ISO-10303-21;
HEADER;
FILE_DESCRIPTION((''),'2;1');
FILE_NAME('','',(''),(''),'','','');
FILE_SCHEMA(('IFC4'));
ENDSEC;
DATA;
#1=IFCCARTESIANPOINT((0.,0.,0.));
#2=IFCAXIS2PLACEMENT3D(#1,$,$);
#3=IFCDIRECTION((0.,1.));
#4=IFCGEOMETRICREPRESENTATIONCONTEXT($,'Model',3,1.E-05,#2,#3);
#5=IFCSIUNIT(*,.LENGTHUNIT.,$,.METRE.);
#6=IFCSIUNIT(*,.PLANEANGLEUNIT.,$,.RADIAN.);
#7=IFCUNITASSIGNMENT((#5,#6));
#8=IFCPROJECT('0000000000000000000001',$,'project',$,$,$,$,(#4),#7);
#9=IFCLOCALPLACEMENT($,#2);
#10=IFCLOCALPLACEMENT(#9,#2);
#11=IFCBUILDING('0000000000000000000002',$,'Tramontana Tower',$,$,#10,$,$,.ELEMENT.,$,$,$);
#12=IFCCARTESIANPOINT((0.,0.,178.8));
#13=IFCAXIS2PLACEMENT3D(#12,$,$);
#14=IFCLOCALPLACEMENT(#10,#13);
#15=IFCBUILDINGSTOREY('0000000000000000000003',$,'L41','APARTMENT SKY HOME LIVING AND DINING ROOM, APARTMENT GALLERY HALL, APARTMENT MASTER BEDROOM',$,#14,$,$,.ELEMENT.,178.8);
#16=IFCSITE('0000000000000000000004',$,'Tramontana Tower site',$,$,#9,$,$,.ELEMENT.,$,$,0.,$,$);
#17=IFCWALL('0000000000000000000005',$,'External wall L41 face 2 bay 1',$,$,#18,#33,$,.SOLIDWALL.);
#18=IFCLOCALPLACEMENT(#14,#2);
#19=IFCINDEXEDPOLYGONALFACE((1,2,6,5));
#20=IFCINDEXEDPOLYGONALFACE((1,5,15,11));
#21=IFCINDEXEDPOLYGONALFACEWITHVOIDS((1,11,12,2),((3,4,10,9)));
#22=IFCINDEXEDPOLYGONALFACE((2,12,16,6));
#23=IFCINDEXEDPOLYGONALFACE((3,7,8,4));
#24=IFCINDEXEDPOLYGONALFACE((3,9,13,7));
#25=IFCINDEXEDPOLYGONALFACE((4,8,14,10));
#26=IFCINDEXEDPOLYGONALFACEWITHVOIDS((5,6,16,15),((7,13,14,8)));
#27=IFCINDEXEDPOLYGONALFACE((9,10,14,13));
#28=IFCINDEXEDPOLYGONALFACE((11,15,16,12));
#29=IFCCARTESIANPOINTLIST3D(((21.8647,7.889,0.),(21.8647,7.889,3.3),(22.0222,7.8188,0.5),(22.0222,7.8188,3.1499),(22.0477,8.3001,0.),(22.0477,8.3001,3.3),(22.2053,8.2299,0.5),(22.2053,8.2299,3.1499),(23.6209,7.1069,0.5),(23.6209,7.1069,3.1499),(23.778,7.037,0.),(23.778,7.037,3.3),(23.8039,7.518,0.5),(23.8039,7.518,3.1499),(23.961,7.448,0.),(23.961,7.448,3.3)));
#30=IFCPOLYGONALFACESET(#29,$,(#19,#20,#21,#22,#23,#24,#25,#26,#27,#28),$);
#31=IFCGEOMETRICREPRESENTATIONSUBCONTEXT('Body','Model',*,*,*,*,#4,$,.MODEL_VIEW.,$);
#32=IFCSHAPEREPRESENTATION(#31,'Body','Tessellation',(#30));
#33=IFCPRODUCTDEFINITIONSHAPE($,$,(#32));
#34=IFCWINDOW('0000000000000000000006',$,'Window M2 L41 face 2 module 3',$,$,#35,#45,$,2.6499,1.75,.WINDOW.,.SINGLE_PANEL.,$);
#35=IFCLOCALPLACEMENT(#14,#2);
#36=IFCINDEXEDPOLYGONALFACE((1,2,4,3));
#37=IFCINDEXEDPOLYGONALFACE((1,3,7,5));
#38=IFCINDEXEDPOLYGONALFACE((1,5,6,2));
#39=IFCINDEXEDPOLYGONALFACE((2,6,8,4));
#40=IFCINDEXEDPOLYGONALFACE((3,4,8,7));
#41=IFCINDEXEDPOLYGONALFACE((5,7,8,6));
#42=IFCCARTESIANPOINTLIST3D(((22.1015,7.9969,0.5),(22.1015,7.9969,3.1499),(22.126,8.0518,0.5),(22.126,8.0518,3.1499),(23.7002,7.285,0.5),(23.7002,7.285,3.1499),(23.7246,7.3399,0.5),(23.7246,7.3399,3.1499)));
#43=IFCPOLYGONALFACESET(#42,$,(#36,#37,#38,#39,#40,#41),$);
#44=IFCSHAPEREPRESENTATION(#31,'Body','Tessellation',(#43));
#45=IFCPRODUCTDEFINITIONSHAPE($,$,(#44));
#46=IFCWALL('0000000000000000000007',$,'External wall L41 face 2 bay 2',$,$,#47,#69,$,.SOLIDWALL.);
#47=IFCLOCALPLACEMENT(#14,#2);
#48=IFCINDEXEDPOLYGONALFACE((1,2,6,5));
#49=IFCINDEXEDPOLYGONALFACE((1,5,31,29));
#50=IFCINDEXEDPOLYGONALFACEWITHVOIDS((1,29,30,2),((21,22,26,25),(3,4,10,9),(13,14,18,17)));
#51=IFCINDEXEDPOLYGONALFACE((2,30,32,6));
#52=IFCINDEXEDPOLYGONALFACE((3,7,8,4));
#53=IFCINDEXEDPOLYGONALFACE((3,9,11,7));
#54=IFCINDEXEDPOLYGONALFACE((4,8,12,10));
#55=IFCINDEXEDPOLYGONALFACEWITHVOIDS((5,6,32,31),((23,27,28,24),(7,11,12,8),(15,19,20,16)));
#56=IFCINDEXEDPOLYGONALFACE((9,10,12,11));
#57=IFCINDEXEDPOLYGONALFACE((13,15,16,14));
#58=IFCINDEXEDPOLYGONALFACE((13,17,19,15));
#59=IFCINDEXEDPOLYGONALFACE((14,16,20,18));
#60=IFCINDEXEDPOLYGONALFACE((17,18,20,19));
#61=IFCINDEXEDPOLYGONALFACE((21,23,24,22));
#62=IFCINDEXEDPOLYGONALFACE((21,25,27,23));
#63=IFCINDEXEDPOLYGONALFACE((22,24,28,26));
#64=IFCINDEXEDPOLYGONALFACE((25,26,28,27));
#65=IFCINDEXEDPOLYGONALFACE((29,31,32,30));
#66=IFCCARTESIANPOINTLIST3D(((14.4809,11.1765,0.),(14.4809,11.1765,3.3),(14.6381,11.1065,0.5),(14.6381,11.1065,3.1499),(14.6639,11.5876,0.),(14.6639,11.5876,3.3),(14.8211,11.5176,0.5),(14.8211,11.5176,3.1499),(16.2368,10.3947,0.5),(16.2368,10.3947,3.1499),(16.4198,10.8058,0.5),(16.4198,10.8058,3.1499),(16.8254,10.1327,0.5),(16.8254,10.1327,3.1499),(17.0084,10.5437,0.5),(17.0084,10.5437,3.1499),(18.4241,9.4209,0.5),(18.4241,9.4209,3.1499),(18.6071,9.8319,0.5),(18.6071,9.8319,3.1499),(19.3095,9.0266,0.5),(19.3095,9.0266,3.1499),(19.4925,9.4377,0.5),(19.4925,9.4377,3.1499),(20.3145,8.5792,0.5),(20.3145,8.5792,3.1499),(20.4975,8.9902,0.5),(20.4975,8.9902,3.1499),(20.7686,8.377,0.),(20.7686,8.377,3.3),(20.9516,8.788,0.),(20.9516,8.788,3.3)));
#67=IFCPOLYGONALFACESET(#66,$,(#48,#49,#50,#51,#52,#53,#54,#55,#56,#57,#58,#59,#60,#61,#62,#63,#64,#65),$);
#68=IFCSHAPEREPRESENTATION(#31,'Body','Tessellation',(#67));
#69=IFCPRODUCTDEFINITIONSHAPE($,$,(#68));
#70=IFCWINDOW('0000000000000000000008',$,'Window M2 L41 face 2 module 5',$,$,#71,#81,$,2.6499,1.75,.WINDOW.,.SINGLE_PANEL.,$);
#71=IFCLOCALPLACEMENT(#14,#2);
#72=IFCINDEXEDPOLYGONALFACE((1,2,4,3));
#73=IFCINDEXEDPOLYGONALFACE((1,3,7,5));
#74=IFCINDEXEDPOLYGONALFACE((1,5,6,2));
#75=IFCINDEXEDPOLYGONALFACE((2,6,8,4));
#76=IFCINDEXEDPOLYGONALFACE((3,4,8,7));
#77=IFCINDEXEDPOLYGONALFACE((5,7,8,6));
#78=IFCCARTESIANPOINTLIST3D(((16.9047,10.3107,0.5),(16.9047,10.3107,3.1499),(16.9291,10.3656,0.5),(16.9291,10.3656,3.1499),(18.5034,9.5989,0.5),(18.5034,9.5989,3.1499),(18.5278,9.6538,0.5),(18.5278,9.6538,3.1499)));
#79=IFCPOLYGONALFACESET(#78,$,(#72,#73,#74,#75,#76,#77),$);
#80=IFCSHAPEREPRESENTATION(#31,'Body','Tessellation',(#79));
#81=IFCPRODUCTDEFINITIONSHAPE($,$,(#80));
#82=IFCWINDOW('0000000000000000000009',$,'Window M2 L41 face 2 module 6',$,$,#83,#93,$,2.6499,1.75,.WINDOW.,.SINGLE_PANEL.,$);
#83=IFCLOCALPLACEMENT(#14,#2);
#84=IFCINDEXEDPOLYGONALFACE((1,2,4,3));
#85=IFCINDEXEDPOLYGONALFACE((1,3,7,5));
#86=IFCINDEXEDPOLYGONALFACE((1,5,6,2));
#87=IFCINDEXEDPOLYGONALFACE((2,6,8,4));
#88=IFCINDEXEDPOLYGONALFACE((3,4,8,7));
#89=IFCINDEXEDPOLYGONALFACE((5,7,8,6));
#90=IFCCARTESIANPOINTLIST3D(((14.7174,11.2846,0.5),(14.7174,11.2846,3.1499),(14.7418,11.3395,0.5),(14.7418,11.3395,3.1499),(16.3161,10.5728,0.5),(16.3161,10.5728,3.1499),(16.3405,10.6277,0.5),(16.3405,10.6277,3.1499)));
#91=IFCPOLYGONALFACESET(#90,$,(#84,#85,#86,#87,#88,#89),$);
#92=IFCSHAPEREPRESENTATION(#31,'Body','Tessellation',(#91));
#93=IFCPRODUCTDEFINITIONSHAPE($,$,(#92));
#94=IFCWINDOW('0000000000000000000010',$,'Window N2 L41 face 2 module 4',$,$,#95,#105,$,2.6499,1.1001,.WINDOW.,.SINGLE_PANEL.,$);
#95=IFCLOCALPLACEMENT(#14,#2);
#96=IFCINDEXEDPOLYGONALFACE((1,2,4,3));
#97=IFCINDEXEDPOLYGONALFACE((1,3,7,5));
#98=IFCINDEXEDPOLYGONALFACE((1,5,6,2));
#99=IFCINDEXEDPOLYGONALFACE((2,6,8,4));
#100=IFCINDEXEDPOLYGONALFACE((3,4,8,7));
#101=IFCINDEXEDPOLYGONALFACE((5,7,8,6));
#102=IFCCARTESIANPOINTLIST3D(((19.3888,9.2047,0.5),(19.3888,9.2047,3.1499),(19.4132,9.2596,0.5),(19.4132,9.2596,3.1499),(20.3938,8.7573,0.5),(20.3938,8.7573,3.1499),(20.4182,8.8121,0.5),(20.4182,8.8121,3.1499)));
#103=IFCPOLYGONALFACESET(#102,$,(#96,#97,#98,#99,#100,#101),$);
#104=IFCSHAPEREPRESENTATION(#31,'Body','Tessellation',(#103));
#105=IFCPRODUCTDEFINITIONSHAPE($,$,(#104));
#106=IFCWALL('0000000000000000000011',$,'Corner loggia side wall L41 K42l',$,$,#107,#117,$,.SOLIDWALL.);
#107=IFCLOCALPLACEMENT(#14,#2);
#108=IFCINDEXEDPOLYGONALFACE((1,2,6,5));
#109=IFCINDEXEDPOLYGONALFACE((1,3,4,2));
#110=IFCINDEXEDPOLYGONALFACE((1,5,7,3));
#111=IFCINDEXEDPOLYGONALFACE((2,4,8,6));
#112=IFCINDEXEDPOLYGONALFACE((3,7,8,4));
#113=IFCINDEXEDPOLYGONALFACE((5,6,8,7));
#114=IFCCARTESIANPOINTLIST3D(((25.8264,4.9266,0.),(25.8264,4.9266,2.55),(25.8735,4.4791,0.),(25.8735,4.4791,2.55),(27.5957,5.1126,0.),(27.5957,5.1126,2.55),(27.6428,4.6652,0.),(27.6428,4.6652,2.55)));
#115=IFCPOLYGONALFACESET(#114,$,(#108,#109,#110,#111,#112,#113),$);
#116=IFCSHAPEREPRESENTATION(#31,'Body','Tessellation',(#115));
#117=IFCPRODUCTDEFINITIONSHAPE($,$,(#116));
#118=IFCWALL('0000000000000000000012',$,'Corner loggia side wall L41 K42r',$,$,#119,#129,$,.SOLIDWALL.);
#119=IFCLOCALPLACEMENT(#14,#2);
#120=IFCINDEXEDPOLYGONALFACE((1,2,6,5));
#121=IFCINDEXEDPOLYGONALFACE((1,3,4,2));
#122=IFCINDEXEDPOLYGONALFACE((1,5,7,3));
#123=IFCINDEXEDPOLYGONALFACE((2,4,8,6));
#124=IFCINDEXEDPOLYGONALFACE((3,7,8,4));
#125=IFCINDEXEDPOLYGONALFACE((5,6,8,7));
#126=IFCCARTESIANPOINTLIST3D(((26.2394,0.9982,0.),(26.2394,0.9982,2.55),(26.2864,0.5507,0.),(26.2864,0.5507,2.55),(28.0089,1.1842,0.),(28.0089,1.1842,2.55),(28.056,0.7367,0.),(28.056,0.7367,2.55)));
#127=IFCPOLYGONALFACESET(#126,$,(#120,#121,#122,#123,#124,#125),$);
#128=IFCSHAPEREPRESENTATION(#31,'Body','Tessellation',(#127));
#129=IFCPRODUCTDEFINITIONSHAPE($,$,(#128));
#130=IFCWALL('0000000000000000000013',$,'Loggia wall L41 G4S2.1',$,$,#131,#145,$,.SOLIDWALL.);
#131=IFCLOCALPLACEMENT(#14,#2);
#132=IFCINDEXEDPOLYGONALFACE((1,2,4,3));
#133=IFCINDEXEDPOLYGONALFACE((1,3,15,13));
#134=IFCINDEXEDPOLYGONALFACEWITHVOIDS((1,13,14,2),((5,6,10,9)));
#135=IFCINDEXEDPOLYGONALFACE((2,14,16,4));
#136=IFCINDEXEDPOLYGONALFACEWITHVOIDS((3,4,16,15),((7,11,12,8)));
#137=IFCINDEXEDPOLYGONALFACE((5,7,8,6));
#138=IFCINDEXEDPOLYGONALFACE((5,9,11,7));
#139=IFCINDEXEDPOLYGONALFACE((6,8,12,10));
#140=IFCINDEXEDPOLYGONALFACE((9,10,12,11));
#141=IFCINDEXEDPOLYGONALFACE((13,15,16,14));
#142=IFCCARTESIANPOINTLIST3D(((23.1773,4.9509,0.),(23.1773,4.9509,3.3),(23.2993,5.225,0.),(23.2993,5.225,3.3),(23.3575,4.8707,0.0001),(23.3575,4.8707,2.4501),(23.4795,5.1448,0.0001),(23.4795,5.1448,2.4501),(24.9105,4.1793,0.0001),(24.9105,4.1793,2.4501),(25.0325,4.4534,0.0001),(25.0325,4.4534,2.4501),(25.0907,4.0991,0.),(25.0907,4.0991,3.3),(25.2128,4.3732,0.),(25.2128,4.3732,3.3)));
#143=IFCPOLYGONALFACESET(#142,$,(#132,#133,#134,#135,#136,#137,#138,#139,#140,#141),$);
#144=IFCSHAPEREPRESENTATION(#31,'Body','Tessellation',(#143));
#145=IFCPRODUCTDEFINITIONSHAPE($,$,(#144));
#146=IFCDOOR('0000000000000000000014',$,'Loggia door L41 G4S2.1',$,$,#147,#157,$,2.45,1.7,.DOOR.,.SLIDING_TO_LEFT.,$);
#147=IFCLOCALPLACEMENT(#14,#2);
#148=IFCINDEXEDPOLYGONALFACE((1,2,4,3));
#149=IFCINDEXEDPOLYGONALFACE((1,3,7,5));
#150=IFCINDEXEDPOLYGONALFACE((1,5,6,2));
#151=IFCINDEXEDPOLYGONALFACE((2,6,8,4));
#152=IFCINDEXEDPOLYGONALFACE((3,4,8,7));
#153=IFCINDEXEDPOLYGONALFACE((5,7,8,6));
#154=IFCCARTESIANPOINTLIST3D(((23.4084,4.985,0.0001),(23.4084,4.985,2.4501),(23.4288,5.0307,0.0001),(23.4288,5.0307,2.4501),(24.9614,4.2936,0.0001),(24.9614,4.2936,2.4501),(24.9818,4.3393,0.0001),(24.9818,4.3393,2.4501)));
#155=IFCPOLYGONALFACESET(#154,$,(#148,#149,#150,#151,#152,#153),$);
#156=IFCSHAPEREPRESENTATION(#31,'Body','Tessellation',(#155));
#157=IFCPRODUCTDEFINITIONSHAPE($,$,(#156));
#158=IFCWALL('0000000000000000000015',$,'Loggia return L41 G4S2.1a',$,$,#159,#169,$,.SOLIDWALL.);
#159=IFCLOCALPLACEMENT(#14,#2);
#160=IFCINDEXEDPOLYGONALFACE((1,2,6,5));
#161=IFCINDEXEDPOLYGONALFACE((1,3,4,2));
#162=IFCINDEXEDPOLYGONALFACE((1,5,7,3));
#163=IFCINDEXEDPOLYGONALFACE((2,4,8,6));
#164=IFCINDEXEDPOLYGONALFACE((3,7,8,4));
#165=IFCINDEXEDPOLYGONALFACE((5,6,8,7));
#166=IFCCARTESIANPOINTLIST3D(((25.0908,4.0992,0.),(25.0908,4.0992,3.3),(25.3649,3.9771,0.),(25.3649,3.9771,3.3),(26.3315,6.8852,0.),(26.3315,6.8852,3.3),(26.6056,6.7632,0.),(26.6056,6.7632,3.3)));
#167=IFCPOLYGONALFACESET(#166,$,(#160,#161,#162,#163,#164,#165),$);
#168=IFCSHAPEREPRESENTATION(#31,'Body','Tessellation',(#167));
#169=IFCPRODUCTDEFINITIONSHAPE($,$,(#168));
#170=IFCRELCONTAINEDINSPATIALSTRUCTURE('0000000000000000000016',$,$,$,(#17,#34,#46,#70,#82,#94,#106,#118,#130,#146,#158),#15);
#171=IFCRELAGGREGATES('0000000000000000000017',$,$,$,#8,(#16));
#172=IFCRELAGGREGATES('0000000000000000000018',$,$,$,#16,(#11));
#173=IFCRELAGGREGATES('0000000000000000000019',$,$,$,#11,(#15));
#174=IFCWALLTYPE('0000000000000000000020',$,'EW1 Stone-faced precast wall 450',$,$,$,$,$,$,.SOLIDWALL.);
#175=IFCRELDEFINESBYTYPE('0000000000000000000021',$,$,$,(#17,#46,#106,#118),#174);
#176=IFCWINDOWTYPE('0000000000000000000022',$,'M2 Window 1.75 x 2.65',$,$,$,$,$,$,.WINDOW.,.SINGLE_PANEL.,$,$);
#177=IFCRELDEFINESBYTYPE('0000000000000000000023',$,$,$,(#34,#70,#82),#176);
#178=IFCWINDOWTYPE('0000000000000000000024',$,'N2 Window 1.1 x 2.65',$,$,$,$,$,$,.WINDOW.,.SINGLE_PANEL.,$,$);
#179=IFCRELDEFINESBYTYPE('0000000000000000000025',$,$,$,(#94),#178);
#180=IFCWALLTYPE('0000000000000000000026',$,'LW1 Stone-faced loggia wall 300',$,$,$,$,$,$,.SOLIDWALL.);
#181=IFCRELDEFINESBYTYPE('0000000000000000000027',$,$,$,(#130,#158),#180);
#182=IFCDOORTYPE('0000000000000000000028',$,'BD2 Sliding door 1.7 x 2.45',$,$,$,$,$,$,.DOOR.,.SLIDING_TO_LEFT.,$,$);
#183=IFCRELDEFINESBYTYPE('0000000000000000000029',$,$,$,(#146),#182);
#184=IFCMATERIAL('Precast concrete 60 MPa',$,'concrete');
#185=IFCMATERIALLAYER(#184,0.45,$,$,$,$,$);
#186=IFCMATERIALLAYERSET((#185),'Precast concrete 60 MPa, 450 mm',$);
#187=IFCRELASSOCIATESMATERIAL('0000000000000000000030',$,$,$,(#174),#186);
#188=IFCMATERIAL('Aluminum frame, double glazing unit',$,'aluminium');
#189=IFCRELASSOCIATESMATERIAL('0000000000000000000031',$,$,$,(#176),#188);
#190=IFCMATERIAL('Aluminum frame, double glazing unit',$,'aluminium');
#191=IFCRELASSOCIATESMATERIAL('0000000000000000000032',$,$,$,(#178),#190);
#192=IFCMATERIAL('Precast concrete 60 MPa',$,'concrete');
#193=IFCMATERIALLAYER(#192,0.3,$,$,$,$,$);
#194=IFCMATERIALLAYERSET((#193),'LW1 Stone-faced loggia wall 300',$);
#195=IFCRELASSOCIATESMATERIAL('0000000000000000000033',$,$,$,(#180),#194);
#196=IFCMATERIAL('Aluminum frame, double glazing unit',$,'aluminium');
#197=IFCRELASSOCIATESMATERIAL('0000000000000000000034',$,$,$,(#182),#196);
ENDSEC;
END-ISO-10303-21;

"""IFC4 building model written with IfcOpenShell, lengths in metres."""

from ifc_helpers import new_model, si_unit, direction, frame, frame_2d, origin, place, context, subcontext, project, spatial, rectangle, extrude, material, layer, layer_set, type_object, element, fill, save


model = new_model("IFC4")

# Units and contexts
model_context = context("Model", 3, precision=1e-05, world=origin(), true_north=direction((0.0, 1.0)))
body_context = subcontext(model_context, "Body", "Model", "MODEL_VIEW")
ifc_project = project(units=[si_unit("LENGTHUNIT", "METRE"), si_unit("PLANEANGLEUNIT", "RADIAN")], contexts=[model_context])

# Site, building, storey
site_placement = place(None, origin())
site = spatial("IfcSite", under=ifc_project, at=site_placement, Name="Tramontana Tower site", CompositionType="ELEMENT", RefElevation=0.0)
building_placement = place(site_placement, origin())
building = spatial("IfcBuilding", under=site, at=building_placement, Name="Tramontana Tower", CompositionType="ELEMENT")
storey_placement = place(building_placement, frame((0.0, 0.0, 178.8)))
storey = spatial("IfcBuildingStorey", under=building, at=storey_placement, Name="L41", Description="APARTMENT SKY HOME LIVING AND DINING ROOM, APARTMENT GALLERY HALL, APARTMENT MASTER BEDROOM", CompositionType="ELEMENT", Elevation=178.8)

# Wall, opening, window
ifc_material_1 = material(Name="Precast concrete 60 MPa", Category="concrete")
ifc_layer_1 = layer(ifc_material_1, 0.45)
ifc_layer_set_1 = layer_set([ifc_layer_1], Name="Precast concrete 60 MPa, 450 mm")
wall_type_1 = type_object("IfcWallType", Name="EW1 Stone-faced precast wall 450", PredefinedType="SOLIDWALL", material=ifc_layer_set_1)
wall_1_placement = place(storey_placement, frame((23.8696, 7.2424, 0.0), z_axis=(0.0, 0.0, 1.0), x_axis=(-0.913513, 0.406809, 0.0)))
wall_1 = element("IfcWall", 1, at=wall_1_placement, inside=storey, type_object=wall_type_1, Name="External wall L41 face 2 bay 1", PredefinedType="SOLIDWALL", context=body_context, shape_type="SweptSolid", body=[
    extrude(rectangle(XDim=2.0945, YDim=0.45, at=frame_2d((1.0474, 0.0))), origin(), (0.0, 0.0, 1.0), 3.3),
])
opening_1_placement = place(wall_1_placement, frame((0.1721, 0.0, 0.5)))
opening_1 = element("IfcOpeningElement", 2, at=opening_1_placement, cuts=wall_1, PredefinedType="OPENING", context=body_context, shape_type="SweptSolid", body=[
    extrude(rectangle(XDim=1.75, YDim=2.6499, at=frame_2d((0.875, 1.325))), frame((0.0, 0.2349, 0.0), z_axis=(0.0, -1.0, 0.0), x_axis=(1.0, 0.0, 0.0)), (0.0, 0.0, 1.0), 0.47),
])
ifc_material_2 = material(Name="Aluminum frame, double glazing unit", Category="aluminium")
window_type_1 = type_object("IfcWindowType", Name="M2 Window 1.75 x 2.65", PartitioningType="SINGLE_PANEL", PredefinedType="WINDOW", material=ifc_material_2)
window_1_placement = place(opening_1_placement, origin())
window_1 = element("IfcWindow", 3, at=window_1_placement, inside=storey, type_object=window_type_1, Name="Window M2 L41 face 2 module 3", OverallHeight=2.6499, OverallWidth=1.75, PartitioningType="SINGLE_PANEL", PredefinedType="WINDOW", context=body_context, shape_type="SweptSolid", body=[
    extrude(rectangle(XDim=1.75, YDim=2.6499, at=frame_2d((0.875, 1.325))), frame((0.0, 0.03, 0.0), z_axis=(0.0, -1.0, 0.0), x_axis=(1.0, 0.0, 0.0)), (0.0, 0.0, 1.0), 0.0601),
])
fill(opening_1, window_1)

# Wall, openings, windows
wall_2_placement = place(storey_placement, frame((20.8601, 8.5825, 0.0), z_axis=(0.0, 0.0, 1.0), x_axis=(-0.913544, 0.406741, 0.0)))
wall_2 = element("IfcWall", 4, at=wall_2_placement, inside=storey, type_object=wall_type_1, Name="External wall L41 face 2 bay 2", PredefinedType="SOLIDWALL", context=body_context, shape_type="SweptSolid", body=[
    extrude(rectangle(XDim=6.8828, YDim=0.45, at=frame_2d((3.4414, 0.0))), origin(), (0.0, 0.0, 1.0), 3.3),
])
opening_2_placement = place(wall_2_placement, frame((0.4971, 0.0, 0.5)))
opening_2 = element("IfcOpeningElement", 5, at=opening_2_placement, cuts=wall_2, PredefinedType="OPENING", context=body_context, shape_type="SweptSolid", body=[
    extrude(rectangle(XDim=1.1001, YDim=2.6499, at=frame_2d((0.55, 1.325))), frame((0.0, 0.2349, 0.0), z_axis=(0.0, -1.0, 0.0), x_axis=(1.0, 0.0, 0.0)), (0.0, 0.0, 1.0), 0.47),
])
opening_3_placement = place(wall_2_placement, frame((2.5664, 0.0, 0.5)))
opening_3 = element("IfcOpeningElement", 6, at=opening_3_placement, cuts=wall_2, PredefinedType="OPENING", context=body_context, shape_type="SweptSolid", body=[
    extrude(rectangle(XDim=1.75, YDim=2.6499, at=frame_2d((0.875, 1.325))), frame((0.0, 0.2349, 0.0), z_axis=(0.0, -1.0, 0.0), x_axis=(1.0, 0.0, 0.0)), (0.0, 0.0, 1.0), 0.47),
])
opening_4_placement = place(wall_2_placement, frame((4.9607, 0.0, 0.5)))
opening_4 = element("IfcOpeningElement", 7, at=opening_4_placement, cuts=wall_2, PredefinedType="OPENING", context=body_context, shape_type="SweptSolid", body=[
    extrude(rectangle(XDim=1.75, YDim=2.6499, at=frame_2d((0.875, 1.325))), frame((0.0, 0.2349, 0.0), z_axis=(0.0, -1.0, 0.0), x_axis=(1.0, 0.0, 0.0)), (0.0, 0.0, 1.0), 0.47),
])
window_2_placement = place(opening_3_placement, origin())
window_2 = element("IfcWindow", 8, at=window_2_placement, inside=storey, type_object=window_type_1, Name="Window M2 L41 face 2 module 5", OverallHeight=2.6499, OverallWidth=1.75, PartitioningType="SINGLE_PANEL", PredefinedType="WINDOW", context=body_context, shape_type="SweptSolid", body=[
    extrude(rectangle(XDim=1.75, YDim=2.6499, at=frame_2d((0.875, 1.325))), frame((0.0, 0.03, 0.0), z_axis=(0.0, -1.0, 0.0), x_axis=(1.0, 0.0, 0.0)), (0.0, 0.0, 1.0), 0.0601),
])
fill(opening_3, window_2)
window_3_placement = place(opening_4_placement, origin())
window_3 = element("IfcWindow", 9, at=window_3_placement, inside=storey, type_object=window_type_1, Name="Window M2 L41 face 2 module 6", OverallHeight=2.6499, OverallWidth=1.75, PartitioningType="SINGLE_PANEL", PredefinedType="WINDOW", context=body_context, shape_type="SweptSolid", body=[
    extrude(rectangle(XDim=1.75, YDim=2.6499, at=frame_2d((0.875, 1.325))), frame((0.0, 0.03, 0.0), z_axis=(0.0, -1.0, 0.0), x_axis=(1.0, 0.0, 0.0)), (0.0, 0.0, 1.0), 0.0601),
])
fill(opening_4, window_3)
ifc_material_3 = material(Name="Aluminum frame, double glazing unit", Category="aluminium")
window_type_2 = type_object("IfcWindowType", Name="N2 Window 1.1 x 2.65", PartitioningType="SINGLE_PANEL", PredefinedType="WINDOW", material=ifc_material_3)
window_4_placement = place(opening_2_placement, origin())
window_4 = element("IfcWindow", 10, at=window_4_placement, inside=storey, type_object=window_type_2, Name="Window N2 L41 face 2 module 4", OverallHeight=2.6499, OverallWidth=1.1001, PartitioningType="SINGLE_PANEL", PredefinedType="WINDOW", context=body_context, shape_type="SweptSolid", body=[
    extrude(rectangle(XDim=1.1001, YDim=2.6499, at=frame_2d((0.55, 1.325))), frame((0.0, 0.03, 0.0), z_axis=(0.0, -1.0, 0.0), x_axis=(1.0, 0.0, 0.0)), (0.0, 0.0, 1.0), 0.0601),
])
fill(opening_2, window_4)

# Walls
wall_3_placement = place(storey_placement, frame((27.6194, 4.8889, 0.0), z_axis=(0.0, 0.0, 1.0), x_axis=(-0.994517, -0.10457, 0.0)))
element("IfcWall", 11, at=wall_3_placement, inside=storey, type_object=wall_type_1, Name="Corner loggia side wall L41 K42l", PredefinedType="SOLIDWALL", context=body_context, shape_type="SweptSolid", body=[
    extrude(rectangle(XDim=1.7791, YDim=0.45, at=frame_2d((0.8896, 0.0))), origin(), (0.0, 0.0, 1.0), 2.55),
])
wall_4_placement = place(storey_placement, frame((28.0325, 0.9604, 0.0), z_axis=(0.0, 0.0, 1.0), x_axis=(-0.994519, -0.104556, 0.0)))
element("IfcWall", 12, at=wall_4_placement, inside=storey, type_object=wall_type_1, Name="Corner loggia side wall L41 K42r", PredefinedType="SOLIDWALL", context=body_context, shape_type="SweptSolid", body=[
    extrude(rectangle(XDim=1.7793, YDim=0.45, at=frame_2d((0.8896, 0.0))), origin(), (0.0, 0.0, 1.0), 2.55),
])

# Wall, opening, door
ifc_material_4 = material(Name="Precast concrete 60 MPa", Category="concrete")
ifc_layer_2 = layer(ifc_material_4, 0.3)
ifc_layer_set_2 = layer_set([ifc_layer_2], Name="LW1 Stone-faced loggia wall 300")
wall_type_2 = type_object("IfcWallType", Name="LW1 Stone-faced loggia wall 300", PredefinedType="SOLIDWALL", material=ifc_layer_set_2)
wall_5_placement = place(storey_placement, frame((25.1519, 4.2361, 0.0), z_axis=(0.0, 0.0, 1.0), x_axis=(-0.913557, 0.406712, 0.0)))
wall_5 = element("IfcWall", 13, at=wall_5_placement, inside=storey, type_object=wall_type_2, Name="Loggia wall L41 G4S2.1", PredefinedType="SOLIDWALL", context=body_context, shape_type="SweptSolid", body=[
    extrude(rectangle(XDim=2.0945, YDim=0.3, at=frame_2d((1.0474, 0.0))), origin(), (0.0, 0.0, 1.0), 3.3),
])
opening_5_placement = place(wall_5_placement, frame((0.1973, 0.0, 0.0)))
opening_5 = element("IfcOpeningElement", 14, at=opening_5_placement, cuts=wall_5, PredefinedType="OPENING", context=body_context, shape_type="SweptSolid", body=[
    extrude(rectangle(XDim=1.7, YDim=2.45, at=frame_2d((0.8501, 1.2251))), frame((0.0, 0.1599, 0.0), z_axis=(0.0, -1.0, 0.0), x_axis=(1.0, 0.0, 0.0)), (0.0, 0.0, 1.0), 0.3201),
])
ifc_material_5 = material(Name="Aluminum frame, double glazing unit", Category="aluminium")
door_type_1 = type_object("IfcDoorType", Name="BD2 Sliding door 1.7 x 2.45", OperationType="SLIDING_TO_LEFT", PredefinedType="DOOR", material=ifc_material_5)
door_1_placement = place(opening_5_placement, origin())
door_1 = element("IfcDoor", 15, at=door_1_placement, inside=storey, type_object=door_type_1, Name="Loggia door L41 G4S2.1", OperationType="SLIDING_TO_LEFT", OverallHeight=2.45, OverallWidth=1.7, PredefinedType="DOOR", context=body_context, shape_type="SweptSolid", body=[
    extrude(rectangle(XDim=1.7, YDim=2.45, at=frame_2d((0.8501, 1.2251))), frame((0.0, 0.0249, 0.0), z_axis=(0.0, -1.0, 0.0), x_axis=(1.0, 0.0, 0.0)), (0.0, 0.0, 1.0), 0.05),
])
fill(opening_5, door_1)

# Wall
for number, where, z_axis, x_axis, name in (
    (16, (26.4685, 6.8242, 0.0), (0.0, 0.0, 1.0), (-0.406807, -0.913514, 0.0), "Loggia return L41 G4S2.1a"),
):
    element("IfcWall", number, at=place(storey_placement, frame(where, z_axis=z_axis, x_axis=x_axis)), inside=storey, type_object=wall_type_2, Name=name, PredefinedType="SOLIDWALL", context=body_context, shape_type="SweptSolid", body=[
        extrude(rectangle(XDim=3.0498, YDim=0.3, at=frame_2d((1.5249, 0.0))), origin(), (0.0, 0.0, 1.0), 3.3),
    ])

save(model, "model.ifc")
